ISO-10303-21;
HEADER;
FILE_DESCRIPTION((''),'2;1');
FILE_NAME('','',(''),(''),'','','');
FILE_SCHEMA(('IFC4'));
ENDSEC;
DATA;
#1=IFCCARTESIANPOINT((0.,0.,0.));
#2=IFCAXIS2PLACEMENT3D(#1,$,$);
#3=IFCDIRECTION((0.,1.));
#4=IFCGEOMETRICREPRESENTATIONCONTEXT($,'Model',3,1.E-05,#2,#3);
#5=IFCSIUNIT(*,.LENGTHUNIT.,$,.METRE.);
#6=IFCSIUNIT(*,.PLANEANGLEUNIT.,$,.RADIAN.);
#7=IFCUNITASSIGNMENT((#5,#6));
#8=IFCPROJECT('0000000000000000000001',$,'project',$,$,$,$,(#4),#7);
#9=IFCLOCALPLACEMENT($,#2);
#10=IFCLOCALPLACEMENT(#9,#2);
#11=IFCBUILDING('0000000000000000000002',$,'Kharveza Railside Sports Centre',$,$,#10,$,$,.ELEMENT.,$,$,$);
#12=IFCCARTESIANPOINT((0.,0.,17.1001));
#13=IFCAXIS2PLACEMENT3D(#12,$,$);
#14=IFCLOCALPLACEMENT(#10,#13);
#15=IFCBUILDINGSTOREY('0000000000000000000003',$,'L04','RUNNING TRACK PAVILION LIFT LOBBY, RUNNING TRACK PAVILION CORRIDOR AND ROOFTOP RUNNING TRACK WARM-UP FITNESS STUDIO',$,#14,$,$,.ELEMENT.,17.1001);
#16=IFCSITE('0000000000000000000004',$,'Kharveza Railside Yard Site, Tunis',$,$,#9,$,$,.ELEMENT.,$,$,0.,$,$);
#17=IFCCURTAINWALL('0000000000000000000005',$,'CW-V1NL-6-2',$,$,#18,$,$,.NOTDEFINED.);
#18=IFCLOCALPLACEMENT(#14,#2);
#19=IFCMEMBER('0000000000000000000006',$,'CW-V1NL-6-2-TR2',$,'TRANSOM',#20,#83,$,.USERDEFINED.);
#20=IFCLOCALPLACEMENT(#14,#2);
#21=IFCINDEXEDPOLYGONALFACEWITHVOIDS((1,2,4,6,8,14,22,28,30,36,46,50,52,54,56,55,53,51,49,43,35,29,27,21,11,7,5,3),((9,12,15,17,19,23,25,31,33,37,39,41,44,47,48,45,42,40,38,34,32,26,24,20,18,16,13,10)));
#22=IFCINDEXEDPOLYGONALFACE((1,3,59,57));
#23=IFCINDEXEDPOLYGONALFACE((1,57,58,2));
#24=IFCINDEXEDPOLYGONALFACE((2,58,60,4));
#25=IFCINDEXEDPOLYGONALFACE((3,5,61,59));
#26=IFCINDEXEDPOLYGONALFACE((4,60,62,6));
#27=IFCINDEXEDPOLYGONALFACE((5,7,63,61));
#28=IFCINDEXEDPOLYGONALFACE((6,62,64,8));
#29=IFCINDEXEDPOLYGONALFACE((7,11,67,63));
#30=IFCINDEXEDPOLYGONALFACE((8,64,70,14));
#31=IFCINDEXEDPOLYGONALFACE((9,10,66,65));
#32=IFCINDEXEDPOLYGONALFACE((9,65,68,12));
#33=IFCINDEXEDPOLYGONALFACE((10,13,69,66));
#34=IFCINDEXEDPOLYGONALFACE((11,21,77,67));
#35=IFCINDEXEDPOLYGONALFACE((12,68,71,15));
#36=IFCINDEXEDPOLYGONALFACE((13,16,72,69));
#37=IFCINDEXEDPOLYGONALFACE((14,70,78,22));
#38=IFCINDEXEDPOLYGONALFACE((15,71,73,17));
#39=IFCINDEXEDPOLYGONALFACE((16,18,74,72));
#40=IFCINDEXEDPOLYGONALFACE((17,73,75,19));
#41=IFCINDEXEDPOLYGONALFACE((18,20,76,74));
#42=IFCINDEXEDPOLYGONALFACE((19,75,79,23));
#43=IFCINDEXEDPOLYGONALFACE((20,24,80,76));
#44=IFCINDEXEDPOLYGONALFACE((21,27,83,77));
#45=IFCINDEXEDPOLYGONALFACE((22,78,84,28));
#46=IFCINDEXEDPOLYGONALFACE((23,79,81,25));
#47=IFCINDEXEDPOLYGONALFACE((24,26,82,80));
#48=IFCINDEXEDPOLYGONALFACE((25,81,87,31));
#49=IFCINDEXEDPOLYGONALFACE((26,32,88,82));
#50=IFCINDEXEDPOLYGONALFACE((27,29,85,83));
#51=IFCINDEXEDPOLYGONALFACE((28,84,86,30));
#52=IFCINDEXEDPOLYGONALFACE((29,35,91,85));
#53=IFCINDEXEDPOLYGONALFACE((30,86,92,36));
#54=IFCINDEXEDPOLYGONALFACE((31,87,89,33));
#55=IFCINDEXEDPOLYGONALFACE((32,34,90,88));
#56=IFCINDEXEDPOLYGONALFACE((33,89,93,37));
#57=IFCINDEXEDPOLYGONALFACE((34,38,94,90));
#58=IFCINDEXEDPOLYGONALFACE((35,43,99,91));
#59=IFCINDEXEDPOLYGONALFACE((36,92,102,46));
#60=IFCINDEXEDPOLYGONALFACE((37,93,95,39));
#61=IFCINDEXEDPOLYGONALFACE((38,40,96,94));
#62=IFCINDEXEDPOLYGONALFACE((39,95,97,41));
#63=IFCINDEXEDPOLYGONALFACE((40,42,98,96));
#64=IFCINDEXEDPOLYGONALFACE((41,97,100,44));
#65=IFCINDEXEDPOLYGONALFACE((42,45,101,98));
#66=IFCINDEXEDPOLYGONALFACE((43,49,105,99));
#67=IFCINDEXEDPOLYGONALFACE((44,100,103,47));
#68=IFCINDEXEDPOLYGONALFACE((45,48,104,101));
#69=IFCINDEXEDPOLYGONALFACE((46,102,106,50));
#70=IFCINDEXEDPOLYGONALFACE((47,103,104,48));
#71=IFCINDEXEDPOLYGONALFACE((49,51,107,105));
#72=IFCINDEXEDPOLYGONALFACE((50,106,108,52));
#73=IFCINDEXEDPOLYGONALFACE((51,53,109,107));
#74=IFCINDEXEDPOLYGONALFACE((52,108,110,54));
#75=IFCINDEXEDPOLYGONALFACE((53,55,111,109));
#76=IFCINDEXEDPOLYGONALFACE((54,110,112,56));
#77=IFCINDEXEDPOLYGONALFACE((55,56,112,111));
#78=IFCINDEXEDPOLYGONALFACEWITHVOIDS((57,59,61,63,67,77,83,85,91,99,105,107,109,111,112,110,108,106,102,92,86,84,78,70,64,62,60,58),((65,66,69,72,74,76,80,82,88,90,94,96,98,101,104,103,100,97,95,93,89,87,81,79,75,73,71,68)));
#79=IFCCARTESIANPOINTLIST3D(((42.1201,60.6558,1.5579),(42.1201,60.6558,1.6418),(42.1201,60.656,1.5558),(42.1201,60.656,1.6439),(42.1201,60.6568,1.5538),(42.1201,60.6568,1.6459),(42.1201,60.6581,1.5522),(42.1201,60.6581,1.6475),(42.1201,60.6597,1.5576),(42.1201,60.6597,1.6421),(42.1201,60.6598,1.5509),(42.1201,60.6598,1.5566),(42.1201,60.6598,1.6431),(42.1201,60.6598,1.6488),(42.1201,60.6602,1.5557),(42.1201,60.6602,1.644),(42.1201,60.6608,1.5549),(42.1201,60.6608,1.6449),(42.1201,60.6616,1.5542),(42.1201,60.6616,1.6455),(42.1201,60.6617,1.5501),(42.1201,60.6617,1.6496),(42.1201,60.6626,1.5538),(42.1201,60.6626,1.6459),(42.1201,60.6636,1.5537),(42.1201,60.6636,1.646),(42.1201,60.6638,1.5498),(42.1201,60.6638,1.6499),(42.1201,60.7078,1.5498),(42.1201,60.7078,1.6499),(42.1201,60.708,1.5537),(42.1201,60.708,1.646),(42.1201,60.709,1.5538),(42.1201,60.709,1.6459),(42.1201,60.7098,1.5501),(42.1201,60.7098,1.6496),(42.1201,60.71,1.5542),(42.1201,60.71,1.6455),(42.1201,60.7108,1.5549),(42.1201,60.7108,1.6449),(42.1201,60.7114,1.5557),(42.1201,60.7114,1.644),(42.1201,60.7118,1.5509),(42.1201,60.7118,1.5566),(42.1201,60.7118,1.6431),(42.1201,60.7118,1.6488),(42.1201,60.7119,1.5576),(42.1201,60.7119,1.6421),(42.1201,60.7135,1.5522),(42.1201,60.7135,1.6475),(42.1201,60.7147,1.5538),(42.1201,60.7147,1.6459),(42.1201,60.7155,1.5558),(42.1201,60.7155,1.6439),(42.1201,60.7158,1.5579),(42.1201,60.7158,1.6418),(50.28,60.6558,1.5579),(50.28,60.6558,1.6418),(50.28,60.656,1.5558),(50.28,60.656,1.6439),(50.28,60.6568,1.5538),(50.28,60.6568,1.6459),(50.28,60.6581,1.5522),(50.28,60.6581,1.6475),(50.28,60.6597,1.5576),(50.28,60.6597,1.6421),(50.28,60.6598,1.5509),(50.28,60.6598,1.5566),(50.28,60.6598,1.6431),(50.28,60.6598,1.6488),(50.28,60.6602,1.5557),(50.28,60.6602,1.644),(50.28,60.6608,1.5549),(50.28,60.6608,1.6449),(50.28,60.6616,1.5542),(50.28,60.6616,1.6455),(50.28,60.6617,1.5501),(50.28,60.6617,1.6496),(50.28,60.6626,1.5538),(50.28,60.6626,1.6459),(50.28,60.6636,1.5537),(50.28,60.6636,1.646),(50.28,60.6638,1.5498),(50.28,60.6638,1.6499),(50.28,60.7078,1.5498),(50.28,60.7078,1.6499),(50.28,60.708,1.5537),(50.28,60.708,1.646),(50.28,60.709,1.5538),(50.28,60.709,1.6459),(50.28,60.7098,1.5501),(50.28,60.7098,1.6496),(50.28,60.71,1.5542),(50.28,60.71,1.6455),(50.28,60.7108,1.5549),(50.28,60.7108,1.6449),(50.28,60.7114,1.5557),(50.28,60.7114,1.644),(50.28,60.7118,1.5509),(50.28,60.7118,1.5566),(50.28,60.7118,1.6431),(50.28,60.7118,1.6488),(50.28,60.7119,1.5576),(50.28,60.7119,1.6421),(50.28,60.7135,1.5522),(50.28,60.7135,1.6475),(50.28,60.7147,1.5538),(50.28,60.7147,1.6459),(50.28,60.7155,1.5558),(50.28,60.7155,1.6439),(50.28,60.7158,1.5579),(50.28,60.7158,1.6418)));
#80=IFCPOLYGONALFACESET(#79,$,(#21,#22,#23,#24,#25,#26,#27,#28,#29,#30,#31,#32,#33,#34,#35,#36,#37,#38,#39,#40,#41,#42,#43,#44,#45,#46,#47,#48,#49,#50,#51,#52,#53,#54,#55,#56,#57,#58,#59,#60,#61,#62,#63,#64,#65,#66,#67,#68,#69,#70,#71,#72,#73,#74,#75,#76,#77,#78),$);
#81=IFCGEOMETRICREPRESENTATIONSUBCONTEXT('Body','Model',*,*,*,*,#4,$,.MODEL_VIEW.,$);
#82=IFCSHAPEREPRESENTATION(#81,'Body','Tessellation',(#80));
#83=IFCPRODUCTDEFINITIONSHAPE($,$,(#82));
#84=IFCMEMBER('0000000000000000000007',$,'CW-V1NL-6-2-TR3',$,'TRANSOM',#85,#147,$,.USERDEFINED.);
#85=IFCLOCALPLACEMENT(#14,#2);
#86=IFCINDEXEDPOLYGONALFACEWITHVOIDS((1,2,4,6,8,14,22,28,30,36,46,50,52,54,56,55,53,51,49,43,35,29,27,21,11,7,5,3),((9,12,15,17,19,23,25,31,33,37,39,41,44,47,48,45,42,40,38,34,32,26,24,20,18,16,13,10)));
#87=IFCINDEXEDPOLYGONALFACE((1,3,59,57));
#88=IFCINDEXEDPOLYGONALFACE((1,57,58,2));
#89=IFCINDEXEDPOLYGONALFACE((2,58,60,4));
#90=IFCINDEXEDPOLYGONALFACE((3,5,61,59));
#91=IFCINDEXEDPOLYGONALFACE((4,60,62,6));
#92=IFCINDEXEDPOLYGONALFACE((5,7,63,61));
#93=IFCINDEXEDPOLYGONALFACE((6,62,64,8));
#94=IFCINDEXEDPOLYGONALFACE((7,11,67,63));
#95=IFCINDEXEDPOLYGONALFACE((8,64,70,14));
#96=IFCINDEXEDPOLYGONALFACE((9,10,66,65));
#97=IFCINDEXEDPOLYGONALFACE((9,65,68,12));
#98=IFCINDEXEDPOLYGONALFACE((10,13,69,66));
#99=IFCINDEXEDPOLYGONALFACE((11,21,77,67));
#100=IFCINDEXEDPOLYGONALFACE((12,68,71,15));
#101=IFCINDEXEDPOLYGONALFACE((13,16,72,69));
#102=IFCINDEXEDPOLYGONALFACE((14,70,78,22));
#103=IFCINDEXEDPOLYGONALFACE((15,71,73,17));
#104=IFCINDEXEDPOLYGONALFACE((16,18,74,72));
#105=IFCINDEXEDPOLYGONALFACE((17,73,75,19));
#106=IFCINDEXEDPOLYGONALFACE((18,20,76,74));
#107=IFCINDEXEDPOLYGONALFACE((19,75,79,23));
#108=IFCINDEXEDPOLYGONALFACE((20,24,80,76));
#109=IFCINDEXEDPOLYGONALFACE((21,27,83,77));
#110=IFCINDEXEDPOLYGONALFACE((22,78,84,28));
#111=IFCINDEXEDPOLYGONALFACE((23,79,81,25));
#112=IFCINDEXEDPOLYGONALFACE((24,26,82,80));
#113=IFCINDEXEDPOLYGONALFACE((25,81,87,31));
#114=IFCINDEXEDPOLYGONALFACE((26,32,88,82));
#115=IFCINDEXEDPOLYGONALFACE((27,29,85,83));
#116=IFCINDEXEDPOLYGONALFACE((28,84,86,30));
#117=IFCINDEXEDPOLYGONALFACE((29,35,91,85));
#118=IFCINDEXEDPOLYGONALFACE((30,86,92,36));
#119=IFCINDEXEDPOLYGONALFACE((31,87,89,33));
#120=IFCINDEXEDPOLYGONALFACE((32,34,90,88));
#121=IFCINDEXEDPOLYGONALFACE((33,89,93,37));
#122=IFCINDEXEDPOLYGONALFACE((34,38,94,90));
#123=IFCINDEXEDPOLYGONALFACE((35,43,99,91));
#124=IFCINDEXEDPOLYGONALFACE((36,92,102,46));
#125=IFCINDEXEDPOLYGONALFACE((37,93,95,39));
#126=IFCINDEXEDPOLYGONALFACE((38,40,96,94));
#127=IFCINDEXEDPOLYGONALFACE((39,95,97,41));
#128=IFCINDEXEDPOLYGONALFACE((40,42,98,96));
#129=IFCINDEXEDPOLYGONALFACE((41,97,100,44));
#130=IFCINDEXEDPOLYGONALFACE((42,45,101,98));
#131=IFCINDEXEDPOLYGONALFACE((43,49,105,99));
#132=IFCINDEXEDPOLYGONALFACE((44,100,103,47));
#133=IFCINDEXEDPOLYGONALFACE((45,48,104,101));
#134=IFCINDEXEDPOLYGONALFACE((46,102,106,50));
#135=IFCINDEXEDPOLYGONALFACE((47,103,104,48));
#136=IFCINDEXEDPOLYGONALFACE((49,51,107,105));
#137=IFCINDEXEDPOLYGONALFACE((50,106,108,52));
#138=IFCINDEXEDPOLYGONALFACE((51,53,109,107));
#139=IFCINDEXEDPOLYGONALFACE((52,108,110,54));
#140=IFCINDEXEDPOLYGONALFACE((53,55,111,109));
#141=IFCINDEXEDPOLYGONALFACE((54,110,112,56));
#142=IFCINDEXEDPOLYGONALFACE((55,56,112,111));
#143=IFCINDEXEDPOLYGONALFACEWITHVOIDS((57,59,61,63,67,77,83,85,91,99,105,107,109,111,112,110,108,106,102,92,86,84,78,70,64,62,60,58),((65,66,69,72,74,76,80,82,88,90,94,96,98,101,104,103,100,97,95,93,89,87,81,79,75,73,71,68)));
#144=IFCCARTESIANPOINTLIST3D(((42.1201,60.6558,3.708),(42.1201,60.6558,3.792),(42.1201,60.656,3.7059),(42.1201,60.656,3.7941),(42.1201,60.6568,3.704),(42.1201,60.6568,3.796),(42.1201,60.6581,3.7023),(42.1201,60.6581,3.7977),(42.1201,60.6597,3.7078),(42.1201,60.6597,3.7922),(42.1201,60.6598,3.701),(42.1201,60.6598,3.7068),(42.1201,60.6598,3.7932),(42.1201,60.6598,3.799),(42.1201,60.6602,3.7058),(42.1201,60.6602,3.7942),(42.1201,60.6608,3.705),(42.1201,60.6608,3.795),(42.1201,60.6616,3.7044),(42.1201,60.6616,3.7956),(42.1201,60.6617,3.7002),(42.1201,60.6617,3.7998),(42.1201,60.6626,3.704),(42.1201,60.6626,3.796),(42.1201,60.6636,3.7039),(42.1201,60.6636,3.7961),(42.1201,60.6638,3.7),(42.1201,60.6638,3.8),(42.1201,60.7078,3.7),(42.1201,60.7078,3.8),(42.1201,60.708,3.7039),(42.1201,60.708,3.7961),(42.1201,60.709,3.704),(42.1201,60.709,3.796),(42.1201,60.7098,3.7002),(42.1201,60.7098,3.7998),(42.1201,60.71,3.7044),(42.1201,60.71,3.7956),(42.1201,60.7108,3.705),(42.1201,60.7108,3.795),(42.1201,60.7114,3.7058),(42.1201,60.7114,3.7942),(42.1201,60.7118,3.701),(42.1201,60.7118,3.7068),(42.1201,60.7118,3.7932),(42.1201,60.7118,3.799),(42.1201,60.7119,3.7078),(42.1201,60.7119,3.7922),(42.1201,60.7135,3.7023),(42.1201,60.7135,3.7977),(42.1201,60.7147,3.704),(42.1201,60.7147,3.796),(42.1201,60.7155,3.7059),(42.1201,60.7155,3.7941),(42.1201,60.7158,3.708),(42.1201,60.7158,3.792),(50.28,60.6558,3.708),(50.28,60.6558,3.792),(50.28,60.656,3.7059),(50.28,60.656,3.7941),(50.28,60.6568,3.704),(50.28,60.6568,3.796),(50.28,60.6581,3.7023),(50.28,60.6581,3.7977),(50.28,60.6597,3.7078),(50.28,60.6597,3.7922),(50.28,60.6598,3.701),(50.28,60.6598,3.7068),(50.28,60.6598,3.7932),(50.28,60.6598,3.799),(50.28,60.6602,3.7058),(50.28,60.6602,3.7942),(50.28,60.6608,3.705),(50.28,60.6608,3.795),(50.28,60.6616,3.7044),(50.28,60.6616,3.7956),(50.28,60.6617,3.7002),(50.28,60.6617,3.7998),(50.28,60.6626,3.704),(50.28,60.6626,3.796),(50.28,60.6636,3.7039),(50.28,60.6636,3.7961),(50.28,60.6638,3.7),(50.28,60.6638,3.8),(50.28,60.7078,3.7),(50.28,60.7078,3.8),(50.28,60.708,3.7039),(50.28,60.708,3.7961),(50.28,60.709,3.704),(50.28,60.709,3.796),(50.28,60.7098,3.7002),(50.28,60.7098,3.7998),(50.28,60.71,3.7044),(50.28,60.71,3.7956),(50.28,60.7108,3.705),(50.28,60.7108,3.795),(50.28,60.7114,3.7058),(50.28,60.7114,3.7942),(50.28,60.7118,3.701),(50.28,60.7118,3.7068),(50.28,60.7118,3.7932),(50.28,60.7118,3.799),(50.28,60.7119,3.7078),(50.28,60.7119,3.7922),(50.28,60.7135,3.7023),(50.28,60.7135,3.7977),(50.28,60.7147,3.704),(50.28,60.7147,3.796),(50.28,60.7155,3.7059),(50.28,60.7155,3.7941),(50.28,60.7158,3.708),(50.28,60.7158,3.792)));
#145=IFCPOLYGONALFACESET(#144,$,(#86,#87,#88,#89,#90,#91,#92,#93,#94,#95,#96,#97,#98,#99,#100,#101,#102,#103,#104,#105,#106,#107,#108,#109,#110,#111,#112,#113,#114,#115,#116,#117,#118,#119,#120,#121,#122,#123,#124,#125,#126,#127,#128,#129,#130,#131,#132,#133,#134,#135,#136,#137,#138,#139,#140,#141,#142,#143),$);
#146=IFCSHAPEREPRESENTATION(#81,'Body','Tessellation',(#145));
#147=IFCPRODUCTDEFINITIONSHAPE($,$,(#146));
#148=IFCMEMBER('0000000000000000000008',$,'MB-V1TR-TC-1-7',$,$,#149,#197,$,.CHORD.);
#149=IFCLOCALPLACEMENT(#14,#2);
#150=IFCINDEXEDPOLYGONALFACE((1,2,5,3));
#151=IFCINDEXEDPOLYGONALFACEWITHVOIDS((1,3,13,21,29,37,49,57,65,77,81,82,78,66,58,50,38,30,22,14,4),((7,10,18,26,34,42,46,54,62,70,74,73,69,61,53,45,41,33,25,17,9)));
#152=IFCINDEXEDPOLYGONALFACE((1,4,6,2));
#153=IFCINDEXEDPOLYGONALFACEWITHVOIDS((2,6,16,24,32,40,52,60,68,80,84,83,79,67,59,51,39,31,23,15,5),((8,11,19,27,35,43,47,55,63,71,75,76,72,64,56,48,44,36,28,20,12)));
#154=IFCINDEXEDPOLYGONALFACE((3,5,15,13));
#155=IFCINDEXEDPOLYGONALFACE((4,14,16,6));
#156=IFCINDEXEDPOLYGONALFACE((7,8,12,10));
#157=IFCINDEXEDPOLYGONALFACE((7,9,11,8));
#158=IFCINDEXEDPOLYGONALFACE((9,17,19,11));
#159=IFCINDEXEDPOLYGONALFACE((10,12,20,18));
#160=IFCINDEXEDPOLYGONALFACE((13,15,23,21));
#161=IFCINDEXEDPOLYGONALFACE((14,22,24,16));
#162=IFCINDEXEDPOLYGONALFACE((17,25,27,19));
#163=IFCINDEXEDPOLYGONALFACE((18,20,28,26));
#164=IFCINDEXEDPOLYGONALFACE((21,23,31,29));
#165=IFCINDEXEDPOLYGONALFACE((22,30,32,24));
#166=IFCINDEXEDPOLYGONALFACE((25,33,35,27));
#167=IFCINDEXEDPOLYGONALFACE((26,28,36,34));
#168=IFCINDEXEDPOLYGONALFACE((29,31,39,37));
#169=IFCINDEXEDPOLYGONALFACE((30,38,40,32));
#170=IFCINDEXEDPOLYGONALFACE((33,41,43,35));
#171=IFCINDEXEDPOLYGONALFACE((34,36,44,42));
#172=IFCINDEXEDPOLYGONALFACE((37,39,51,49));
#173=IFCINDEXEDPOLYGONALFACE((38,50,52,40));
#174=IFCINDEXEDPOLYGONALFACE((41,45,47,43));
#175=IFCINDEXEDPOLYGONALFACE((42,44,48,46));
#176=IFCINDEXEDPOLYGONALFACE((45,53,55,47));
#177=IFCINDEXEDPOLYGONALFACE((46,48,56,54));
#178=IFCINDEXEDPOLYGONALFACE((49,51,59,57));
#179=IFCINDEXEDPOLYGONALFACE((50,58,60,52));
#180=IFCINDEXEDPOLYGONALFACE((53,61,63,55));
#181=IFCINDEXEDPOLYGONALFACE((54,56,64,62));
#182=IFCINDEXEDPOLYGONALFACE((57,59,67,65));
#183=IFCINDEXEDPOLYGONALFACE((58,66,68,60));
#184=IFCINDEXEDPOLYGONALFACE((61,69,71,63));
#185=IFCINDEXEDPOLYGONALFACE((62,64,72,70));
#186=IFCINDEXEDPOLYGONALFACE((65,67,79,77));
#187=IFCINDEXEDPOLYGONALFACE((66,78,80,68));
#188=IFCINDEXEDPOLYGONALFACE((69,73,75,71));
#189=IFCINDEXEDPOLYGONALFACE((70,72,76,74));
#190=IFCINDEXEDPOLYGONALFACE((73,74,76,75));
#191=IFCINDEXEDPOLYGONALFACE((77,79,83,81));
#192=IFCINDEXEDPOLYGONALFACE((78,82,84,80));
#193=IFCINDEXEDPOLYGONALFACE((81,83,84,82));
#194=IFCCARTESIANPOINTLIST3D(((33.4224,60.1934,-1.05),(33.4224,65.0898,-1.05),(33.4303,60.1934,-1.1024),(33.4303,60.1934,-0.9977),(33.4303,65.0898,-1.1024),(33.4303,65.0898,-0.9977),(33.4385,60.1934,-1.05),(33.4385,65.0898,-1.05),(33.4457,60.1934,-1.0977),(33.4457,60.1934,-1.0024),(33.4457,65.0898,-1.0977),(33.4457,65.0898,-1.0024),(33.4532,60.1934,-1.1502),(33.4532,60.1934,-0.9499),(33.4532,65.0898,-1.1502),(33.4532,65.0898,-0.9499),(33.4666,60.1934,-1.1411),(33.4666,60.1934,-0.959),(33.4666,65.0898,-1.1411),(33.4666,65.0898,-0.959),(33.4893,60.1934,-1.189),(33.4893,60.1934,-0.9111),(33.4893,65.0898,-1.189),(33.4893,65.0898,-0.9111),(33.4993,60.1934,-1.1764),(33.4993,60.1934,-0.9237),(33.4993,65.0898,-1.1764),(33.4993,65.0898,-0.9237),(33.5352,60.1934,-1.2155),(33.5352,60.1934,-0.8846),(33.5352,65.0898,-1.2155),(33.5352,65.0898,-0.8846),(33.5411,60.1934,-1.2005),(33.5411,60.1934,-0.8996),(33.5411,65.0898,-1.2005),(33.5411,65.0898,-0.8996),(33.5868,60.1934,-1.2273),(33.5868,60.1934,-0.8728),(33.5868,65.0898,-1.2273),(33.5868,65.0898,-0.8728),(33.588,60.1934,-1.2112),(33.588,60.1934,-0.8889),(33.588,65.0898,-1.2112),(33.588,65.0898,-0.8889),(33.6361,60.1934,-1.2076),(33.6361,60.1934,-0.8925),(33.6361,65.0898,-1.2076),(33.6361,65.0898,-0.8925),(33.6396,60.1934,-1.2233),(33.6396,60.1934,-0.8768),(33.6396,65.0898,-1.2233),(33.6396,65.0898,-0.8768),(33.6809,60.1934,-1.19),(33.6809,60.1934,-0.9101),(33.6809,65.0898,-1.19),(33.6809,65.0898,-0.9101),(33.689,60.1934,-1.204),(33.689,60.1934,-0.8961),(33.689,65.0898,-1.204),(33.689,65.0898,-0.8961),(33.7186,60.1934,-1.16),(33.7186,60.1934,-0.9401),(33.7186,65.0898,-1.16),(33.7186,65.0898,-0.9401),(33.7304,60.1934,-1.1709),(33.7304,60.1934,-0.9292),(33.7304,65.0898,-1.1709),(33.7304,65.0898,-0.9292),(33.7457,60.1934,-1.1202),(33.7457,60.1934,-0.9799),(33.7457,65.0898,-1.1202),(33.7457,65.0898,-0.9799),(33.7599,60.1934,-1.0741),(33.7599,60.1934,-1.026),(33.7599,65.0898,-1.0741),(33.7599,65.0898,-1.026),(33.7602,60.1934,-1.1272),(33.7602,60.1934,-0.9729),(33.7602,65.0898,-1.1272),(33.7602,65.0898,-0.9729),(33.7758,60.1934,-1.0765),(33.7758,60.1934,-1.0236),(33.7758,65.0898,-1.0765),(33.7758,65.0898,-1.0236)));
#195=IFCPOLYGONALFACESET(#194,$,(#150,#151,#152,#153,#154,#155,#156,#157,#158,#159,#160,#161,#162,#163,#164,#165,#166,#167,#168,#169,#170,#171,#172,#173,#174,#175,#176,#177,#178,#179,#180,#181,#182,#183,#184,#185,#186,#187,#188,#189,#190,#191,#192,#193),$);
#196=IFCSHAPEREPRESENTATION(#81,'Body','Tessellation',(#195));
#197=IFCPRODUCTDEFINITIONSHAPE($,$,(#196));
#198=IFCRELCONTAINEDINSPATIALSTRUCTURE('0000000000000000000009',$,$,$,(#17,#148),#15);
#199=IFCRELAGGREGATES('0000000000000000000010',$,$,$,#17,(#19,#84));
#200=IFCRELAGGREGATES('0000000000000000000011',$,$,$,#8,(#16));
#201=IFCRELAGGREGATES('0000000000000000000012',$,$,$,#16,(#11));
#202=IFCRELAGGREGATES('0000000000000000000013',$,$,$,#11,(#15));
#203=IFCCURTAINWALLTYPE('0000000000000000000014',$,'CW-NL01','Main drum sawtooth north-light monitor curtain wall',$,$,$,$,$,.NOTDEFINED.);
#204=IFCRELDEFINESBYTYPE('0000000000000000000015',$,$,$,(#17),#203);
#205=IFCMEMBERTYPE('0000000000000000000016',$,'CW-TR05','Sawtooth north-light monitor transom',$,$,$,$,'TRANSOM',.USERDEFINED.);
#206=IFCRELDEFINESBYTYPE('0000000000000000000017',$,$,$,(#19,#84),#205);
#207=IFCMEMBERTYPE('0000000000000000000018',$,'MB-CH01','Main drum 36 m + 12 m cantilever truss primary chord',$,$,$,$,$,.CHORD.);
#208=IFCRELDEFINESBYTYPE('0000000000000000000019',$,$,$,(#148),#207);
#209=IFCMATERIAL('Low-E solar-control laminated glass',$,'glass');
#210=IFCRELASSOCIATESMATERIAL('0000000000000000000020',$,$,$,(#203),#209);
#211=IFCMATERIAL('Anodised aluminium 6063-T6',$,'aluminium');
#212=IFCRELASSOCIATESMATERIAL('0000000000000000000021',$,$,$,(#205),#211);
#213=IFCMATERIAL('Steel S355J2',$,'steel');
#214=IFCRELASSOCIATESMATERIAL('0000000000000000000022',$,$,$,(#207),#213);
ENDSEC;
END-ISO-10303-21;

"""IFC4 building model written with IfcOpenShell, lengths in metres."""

from ifc_helpers import new_model, si_unit, direction, frame, origin, origin_2d, place, context, subcontext, project, spatial, hollow_rectangle, hollow_circle, extrude, material, material_profile, profile_set, type_object, element, aggregate, save


model = new_model("IFC4")

# Units and contexts
model_context = context("Model", 3, precision=1e-05, world=origin(), true_north=direction((0.0, 1.0)))
body_context = subcontext(model_context, "Body", "Model", "MODEL_VIEW")
ifc_project = project(units=[si_unit("LENGTHUNIT", "METRE"), si_unit("PLANEANGLEUNIT", "RADIAN")], contexts=[model_context])

# Site, building, storey
site_placement = place(None, origin())
site = spatial("IfcSite", under=ifc_project, at=site_placement, Name="Kharveza Railside Yard Site, Tunis", CompositionType="ELEMENT", RefElevation=0.0)
building_placement = place(site_placement, origin())
building = spatial("IfcBuilding", under=site, at=building_placement, Name="Kharveza Railside Sports Centre", CompositionType="ELEMENT")
storey_placement = place(building_placement, frame((0.0, 0.0, 17.1001)))
storey = spatial("IfcBuildingStorey", under=building, at=storey_placement, Name="L04", Description="RUNNING TRACK PAVILION LIFT LOBBY, RUNNING TRACK PAVILION CORRIDOR AND ROOFTOP RUNNING TRACK WARM-UP FITNESS STUDIO", CompositionType="ELEMENT", Elevation=17.1001)

# Shared definitions
ifc_material_1 = material(Name="Steel S355J2", Category="steel")

# Curtain wall
ifc_material_2 = material(Name="Low-E solar-control laminated glass", Category="glass")
curtain_wall_type = type_object("IfcCurtainWallType", Name="CW-NL01", Description="Main drum sawtooth north-light monitor curtain wall", PredefinedType="NOTDEFINED", material=ifc_material_2)
ifc_material_3 = material(Name="Anodised aluminium 6063-T6", Category="aluminium")
curtain_wall_1_placement = place(storey_placement, origin())
curtain_wall_1 = element("IfcCurtainWall", 1, at=curtain_wall_1_placement, inside=storey, type_object=curtain_wall_type, Name="CW-V1NL-6-2", PredefinedType="NOTDEFINED")

# Members
ifc_material_profile_1 = material_profile(ifc_material_3, hollow_rectangle(XDim=0.0601, YDim=0.1001, WallThickness=0.0039, InnerFilletRadius=0.0039, OuterFilletRadius=0.0081, at=origin_2d()), Name="RHS 60x100x4.0")
ifc_profile_set_1 = profile_set([ifc_material_profile_1], Name="Anodised aluminium 6063-T6")
member_type_1 = type_object("IfcMemberType", Name="CW-TR05", Description="Sawtooth north-light monitor transom", ElementType="TRANSOM", PredefinedType="USERDEFINED", material=ifc_profile_set_1)
member_1_placement = place(storey_placement, frame((42.1201, 60.6858, 1.5999), z_axis=(1.0, 0.0, 0.0), x_axis=(0.0, 1.0, 0.0)))
member_1 = element("IfcMember", 2, at=member_1_placement, type_object=member_type_1, Name="CW-V1NL-6-2-TR2", ObjectType="TRANSOM", PredefinedType="USERDEFINED", context=body_context, shape_type="SweptSolid", body=[
    extrude(hollow_rectangle(XDim=0.0601, YDim=0.1001, WallThickness=0.0039, InnerFilletRadius=0.0039, OuterFilletRadius=0.0081, at=origin_2d()), origin(), (0.0, 0.0, 1.0), 8.1599),
])
member_2_placement = place(storey_placement, frame((42.1201, 60.6858, 3.75), z_axis=(1.0, 0.0, 0.0), x_axis=(0.0, 1.0, 0.0)))
member_2 = element("IfcMember", 3, at=member_2_placement, type_object=member_type_1, Name="CW-V1NL-6-2-TR3", ObjectType="TRANSOM", PredefinedType="USERDEFINED", context=body_context, shape_type="SweptSolid", body=[
    extrude(hollow_rectangle(XDim=0.0601, YDim=0.1001, WallThickness=0.0039, InnerFilletRadius=0.0039, OuterFilletRadius=0.0081, at=origin_2d()), origin(), (0.0, 0.0, 1.0), 8.1599),
])

# Member
ifc_material_profile_2 = material_profile(ifc_material_1, hollow_circle(Radius=0.1777, WallThickness=0.0161, at=origin_2d()), Name="CHS 355.6x16.0")
ifc_profile_set_2 = profile_set([ifc_material_profile_2], Name="Steel S355J2")
member_type_2 = type_object("IfcMemberType", Name="MB-CH01", Description="Main drum 36 m + 12 m cantilever truss primary chord", PredefinedType="CHORD", material=ifc_profile_set_2)
member_3_placement = place(storey_placement, frame((33.6001, 60.1934, -1.05), z_axis=(0.0, 1.0, 0.0), x_axis=(-1.0, 0.0, 0.0)))
element("IfcMember", 4, at=member_3_placement, inside=storey, type_object=member_type_2, Name="MB-V1TR-TC-1-7", PredefinedType="CHORD", context=body_context, shape_type="SweptSolid", body=[
    extrude(hollow_circle(Radius=0.1777, WallThickness=0.0161, at=origin_2d()), origin(), (0.0, 0.0, 1.0), 4.8965),
])

aggregate(curtain_wall_1, [member_1, member_2])

save(model, "model.ifc")
